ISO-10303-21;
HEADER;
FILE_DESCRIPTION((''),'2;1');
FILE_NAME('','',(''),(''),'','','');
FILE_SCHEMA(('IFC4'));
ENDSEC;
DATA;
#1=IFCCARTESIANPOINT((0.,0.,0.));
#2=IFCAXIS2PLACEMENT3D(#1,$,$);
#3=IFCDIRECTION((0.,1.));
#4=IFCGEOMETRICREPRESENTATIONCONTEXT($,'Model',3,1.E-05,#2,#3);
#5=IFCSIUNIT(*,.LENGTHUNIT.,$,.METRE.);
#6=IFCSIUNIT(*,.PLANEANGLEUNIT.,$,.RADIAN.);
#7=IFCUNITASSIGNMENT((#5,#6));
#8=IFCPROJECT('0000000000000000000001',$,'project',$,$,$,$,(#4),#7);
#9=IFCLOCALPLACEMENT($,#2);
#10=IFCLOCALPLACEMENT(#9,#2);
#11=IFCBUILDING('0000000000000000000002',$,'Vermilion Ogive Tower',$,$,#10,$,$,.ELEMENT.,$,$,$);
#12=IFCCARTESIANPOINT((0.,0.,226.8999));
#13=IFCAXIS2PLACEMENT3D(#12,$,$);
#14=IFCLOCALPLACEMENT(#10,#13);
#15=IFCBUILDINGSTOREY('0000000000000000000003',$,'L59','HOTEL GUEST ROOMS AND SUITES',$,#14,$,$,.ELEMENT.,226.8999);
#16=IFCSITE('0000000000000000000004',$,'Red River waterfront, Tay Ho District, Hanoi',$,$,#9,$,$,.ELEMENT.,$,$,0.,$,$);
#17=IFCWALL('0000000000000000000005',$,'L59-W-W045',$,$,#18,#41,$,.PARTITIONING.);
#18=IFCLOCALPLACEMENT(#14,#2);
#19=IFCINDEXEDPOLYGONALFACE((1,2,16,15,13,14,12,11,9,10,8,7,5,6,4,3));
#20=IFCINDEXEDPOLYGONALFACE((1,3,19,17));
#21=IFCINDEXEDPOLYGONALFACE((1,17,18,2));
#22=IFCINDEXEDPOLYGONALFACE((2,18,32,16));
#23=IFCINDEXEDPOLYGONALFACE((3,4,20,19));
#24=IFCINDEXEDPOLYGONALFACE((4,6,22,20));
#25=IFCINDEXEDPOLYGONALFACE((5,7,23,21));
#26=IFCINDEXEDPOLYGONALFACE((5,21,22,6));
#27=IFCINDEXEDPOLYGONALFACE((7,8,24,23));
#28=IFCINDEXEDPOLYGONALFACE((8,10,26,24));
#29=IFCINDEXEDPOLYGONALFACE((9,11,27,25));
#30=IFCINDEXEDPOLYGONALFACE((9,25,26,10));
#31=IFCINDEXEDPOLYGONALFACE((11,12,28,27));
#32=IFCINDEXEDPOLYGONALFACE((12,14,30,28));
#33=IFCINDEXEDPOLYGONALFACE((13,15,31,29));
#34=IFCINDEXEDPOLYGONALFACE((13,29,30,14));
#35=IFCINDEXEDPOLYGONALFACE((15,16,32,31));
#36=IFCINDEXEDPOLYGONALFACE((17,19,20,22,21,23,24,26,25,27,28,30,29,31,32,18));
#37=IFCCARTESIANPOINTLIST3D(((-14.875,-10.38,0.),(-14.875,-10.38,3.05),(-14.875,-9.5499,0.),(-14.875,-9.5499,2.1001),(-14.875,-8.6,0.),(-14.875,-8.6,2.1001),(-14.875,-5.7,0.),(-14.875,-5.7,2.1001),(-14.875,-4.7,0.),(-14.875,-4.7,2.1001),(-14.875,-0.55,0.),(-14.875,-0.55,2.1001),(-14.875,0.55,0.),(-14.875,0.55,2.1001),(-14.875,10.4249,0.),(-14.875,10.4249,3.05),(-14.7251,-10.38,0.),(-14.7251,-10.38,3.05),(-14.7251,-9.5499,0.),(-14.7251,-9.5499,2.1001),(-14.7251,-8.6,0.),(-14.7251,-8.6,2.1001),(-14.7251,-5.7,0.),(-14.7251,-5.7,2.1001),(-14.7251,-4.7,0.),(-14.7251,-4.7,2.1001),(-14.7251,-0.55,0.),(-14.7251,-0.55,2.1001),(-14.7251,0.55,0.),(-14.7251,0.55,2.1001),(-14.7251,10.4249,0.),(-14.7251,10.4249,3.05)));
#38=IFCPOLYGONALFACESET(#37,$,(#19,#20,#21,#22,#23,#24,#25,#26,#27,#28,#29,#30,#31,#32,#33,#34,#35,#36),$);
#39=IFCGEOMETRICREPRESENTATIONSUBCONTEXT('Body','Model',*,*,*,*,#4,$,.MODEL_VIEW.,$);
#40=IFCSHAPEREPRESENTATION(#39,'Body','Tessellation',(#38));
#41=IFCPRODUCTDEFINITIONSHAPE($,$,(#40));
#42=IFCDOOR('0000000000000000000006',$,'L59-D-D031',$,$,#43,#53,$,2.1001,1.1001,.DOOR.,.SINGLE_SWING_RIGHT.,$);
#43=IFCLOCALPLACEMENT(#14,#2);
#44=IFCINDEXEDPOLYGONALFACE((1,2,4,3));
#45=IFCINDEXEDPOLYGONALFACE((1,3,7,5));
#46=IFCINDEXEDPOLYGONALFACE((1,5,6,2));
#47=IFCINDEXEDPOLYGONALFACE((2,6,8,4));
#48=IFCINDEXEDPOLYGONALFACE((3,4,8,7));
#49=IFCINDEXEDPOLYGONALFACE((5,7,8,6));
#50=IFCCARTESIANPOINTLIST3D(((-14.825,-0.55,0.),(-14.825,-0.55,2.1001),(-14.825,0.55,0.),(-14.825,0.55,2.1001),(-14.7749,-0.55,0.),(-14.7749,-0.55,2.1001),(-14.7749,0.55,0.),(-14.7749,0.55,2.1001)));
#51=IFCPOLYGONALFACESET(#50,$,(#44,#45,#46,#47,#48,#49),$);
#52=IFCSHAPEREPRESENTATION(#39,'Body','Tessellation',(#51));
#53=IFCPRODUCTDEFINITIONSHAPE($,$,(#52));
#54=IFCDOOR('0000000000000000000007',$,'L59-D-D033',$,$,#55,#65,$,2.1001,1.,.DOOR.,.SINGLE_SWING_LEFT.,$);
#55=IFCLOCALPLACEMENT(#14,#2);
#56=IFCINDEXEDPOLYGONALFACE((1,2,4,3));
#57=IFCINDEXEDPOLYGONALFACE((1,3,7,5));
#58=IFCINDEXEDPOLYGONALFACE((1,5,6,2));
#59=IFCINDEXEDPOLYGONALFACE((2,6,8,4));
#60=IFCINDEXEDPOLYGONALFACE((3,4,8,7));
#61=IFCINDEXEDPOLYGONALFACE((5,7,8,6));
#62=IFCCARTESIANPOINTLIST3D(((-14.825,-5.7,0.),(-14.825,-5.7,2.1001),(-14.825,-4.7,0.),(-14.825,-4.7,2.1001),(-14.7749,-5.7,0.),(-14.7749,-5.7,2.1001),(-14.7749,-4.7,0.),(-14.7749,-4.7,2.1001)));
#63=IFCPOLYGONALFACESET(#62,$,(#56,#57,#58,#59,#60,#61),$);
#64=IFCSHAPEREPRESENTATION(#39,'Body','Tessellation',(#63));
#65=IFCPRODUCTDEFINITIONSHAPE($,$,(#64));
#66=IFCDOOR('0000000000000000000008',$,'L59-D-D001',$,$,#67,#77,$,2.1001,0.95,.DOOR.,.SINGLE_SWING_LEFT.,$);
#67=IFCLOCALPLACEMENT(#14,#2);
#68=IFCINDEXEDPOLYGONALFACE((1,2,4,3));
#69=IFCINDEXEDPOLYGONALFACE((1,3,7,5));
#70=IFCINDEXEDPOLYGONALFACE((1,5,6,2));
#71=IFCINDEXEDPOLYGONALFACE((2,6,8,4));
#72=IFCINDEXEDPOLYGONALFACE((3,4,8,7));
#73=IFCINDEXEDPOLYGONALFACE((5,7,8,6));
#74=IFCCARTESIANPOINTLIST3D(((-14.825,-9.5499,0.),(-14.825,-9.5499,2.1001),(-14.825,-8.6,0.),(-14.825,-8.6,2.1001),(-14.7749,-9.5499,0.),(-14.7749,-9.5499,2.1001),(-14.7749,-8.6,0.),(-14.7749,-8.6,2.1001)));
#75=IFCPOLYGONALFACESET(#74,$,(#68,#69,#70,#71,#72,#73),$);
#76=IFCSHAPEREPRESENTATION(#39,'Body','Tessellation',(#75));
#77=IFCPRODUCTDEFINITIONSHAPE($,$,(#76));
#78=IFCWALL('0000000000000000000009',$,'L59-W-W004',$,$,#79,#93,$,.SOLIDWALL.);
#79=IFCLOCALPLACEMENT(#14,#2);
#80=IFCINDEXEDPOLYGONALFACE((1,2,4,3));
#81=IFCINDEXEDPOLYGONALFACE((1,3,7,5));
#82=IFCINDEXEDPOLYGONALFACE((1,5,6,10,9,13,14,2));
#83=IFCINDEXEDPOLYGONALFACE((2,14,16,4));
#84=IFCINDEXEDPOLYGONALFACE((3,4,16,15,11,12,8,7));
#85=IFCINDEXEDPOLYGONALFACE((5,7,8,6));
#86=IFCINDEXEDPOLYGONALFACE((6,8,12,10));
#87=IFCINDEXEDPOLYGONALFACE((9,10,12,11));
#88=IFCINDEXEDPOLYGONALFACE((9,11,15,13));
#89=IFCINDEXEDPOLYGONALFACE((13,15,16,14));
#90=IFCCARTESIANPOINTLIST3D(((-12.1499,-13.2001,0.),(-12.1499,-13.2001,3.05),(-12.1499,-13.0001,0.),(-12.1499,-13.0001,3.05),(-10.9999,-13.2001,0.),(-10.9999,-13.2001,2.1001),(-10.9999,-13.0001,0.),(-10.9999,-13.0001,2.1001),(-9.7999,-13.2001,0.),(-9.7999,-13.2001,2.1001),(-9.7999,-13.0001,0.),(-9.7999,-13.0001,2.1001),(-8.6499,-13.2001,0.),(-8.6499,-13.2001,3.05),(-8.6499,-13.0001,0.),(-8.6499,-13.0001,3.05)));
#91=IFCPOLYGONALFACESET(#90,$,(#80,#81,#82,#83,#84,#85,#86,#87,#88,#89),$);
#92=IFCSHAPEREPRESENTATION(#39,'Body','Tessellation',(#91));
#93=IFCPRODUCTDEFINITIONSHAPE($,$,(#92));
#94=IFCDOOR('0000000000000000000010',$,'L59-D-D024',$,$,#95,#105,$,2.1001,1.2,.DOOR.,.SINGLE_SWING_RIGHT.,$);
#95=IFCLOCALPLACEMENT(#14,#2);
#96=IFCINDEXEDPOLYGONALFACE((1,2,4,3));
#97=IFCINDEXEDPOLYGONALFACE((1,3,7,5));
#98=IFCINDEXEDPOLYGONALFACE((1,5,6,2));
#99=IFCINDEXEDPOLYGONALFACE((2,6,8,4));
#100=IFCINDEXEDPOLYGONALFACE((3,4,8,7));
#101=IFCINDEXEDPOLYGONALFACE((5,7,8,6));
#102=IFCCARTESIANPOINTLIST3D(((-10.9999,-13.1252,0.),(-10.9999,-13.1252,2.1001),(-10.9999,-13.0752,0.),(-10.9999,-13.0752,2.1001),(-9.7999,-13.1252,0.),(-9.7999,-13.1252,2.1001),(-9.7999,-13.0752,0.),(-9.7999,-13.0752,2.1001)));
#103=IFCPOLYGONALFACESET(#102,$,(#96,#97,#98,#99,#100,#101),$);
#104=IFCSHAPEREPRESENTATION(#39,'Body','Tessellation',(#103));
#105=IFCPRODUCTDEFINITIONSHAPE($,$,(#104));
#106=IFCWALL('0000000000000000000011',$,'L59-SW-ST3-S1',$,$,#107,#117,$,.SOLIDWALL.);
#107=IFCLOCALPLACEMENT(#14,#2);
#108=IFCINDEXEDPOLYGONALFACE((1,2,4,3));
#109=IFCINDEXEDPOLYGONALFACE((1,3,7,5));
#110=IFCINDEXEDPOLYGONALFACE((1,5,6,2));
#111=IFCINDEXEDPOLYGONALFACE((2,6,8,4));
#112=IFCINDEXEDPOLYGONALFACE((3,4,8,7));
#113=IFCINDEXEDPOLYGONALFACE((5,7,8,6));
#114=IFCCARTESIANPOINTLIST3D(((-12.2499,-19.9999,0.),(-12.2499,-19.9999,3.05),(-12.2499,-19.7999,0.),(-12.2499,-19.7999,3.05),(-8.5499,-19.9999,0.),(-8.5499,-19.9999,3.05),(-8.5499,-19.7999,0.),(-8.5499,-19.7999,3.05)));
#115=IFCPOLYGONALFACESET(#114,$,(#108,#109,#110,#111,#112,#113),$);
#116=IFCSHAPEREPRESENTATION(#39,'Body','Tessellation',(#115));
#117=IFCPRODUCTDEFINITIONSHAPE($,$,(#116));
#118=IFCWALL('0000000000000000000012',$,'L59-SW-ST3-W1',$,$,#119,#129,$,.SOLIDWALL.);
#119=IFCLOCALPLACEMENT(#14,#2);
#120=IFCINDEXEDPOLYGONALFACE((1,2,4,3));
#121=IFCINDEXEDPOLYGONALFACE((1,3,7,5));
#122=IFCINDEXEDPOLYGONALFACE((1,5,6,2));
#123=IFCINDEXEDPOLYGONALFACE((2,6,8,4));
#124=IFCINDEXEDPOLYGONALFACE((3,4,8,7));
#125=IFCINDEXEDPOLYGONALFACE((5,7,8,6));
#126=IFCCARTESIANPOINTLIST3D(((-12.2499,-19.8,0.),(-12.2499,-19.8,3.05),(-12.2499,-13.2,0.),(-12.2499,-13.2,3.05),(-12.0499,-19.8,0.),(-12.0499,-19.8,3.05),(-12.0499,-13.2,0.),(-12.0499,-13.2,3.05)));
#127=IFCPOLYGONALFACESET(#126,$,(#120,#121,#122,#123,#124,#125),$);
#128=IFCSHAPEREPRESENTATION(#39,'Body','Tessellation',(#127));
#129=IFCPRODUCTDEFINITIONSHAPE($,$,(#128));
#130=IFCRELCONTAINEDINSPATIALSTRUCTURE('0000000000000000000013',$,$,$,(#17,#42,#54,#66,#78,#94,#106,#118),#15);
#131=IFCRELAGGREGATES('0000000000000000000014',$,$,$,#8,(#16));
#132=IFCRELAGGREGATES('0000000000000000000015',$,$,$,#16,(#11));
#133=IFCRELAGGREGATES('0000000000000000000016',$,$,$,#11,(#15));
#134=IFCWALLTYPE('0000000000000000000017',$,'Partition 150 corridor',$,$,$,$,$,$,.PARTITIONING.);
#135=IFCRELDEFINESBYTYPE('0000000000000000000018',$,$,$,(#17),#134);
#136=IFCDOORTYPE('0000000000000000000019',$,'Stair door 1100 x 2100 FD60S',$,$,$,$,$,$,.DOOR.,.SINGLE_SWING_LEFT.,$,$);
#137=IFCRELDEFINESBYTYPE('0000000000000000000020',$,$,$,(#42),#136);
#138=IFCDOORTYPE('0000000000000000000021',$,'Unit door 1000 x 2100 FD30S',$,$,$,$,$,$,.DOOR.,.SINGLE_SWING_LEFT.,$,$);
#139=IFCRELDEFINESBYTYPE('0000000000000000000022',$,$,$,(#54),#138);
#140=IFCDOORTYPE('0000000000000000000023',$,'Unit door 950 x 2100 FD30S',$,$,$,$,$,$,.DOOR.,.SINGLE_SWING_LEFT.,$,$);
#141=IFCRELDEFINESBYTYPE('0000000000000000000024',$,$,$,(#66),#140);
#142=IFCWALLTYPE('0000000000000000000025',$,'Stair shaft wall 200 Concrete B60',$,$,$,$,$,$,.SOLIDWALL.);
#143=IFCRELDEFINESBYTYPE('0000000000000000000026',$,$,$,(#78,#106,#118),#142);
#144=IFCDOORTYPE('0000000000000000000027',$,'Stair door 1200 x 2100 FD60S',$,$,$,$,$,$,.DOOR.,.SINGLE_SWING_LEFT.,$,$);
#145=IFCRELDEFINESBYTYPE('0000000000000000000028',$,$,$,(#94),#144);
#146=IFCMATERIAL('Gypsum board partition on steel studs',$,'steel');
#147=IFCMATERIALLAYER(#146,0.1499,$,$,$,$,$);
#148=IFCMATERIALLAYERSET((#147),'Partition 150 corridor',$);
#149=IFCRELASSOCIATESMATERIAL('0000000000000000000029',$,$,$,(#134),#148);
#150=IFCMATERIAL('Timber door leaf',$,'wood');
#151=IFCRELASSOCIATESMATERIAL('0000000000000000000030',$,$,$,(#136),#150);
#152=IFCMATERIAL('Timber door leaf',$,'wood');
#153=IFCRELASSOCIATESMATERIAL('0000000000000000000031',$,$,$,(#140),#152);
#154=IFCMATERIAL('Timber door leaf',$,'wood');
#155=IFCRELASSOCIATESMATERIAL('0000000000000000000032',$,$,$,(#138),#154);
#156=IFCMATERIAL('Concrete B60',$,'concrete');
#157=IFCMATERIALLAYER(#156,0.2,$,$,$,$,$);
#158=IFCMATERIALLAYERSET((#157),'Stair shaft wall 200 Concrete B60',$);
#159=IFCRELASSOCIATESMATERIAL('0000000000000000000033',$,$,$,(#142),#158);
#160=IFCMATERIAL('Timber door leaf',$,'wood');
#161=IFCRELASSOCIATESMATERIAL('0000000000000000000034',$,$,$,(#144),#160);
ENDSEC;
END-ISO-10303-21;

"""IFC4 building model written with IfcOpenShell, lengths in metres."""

from ifc_helpers import new_model, si_unit, direction, frame, frame_2d, origin, place, context, subcontext, project, spatial, rectangle, extrude, material, layer, layer_set, type_object, element, fill, save


model = new_model("IFC4")

# Units and contexts
model_context = context("Model", 3, precision=1e-05, world=origin(), true_north=direction((0.0, 1.0)))
body_context = subcontext(model_context, "Body", "Model", "MODEL_VIEW")
ifc_project = project(units=[si_unit("LENGTHUNIT", "METRE"), si_unit("PLANEANGLEUNIT", "RADIAN")], contexts=[model_context])

# Site, building, storey
site_placement = place(None, origin())
site = spatial("IfcSite", under=ifc_project, at=site_placement, Name="Red River waterfront, Tay Ho District, Hanoi", CompositionType="ELEMENT", RefElevation=0.0)
building_placement = place(site_placement, origin())
building = spatial("IfcBuilding", under=site, at=building_placement, Name="Vermilion Ogive Tower", CompositionType="ELEMENT")
storey_placement = place(building_placement, frame((0.0, 0.0, 226.8999)))
storey = spatial("IfcBuildingStorey", under=building, at=storey_placement, Name="L59", Description="HOTEL GUEST ROOMS AND SUITES", CompositionType="ELEMENT", Elevation=226.8999)

# Wall, openings, doors
ifc_material_1 = material(Name="Gypsum board partition on steel studs", Category="steel")
ifc_layer_1 = layer(ifc_material_1, 0.1499)
ifc_layer_set_1 = layer_set([ifc_layer_1], Name="Partition 150 corridor")
wall_type_1 = type_object("IfcWallType", Name="Partition 150 corridor", PredefinedType="PARTITIONING", material=ifc_layer_set_1)
ifc_material_2 = material(Name="Timber door leaf", Category="wood")
door_type_1 = type_object("IfcDoorType", Name="Stair door 1100 x 2100 FD60S", OperationType="SINGLE_SWING_LEFT", PredefinedType="DOOR", material=ifc_material_2)
ifc_material_3 = material(Name="Timber door leaf", Category="wood")
door_type_2 = type_object("IfcDoorType", Name="Unit door 950 x 2100 FD30S", OperationType="SINGLE_SWING_LEFT", PredefinedType="DOOR", material=ifc_material_3)
wall_1_placement = place(storey_placement, frame((-14.8, -10.3799, 0.0), z_axis=(0.0, 0.0, 1.0), x_axis=(0.0, 1.0, 0.0)))
wall_1 = element("IfcWall", 1, at=wall_1_placement, inside=storey, type_object=wall_type_1, Name="L59-W-W045", PredefinedType="PARTITIONING", context=body_context, shape_type="SweptSolid", body=[
    extrude(rectangle(XDim=20.8049, YDim=0.1499, at=frame_2d((10.4023, 0.0))), origin(), (0.0, 0.0, 1.0), 3.05),
])
opening_1_placement = place(wall_1_placement, frame((0.8298, 0.0, 0.0)))
opening_1 = element("IfcOpeningElement", 2, at=opening_1_placement, cuts=wall_1, PredefinedType="OPENING", context=body_context, shape_type="SweptSolid", body=[
    extrude(rectangle(XDim=0.95, YDim=2.1001, at=frame_2d((0.4751, 1.05))), frame((0.0, 0.085, 0.0), z_axis=(0.0, -1.0, 0.0), x_axis=(1.0, 0.0, 0.0)), (0.0, 0.0, 1.0), 0.1699),
])
opening_2_placement = place(wall_1_placement, frame((9.8298, 0.0, 0.0)))
opening_2 = element("IfcOpeningElement", 3, at=opening_2_placement, cuts=wall_1, PredefinedType="OPENING", context=body_context, shape_type="SweptSolid", body=[
    extrude(rectangle(XDim=1.1001, YDim=2.1001, at=frame_2d((0.55, 1.05))), frame((0.0, 0.085, 0.0), z_axis=(0.0, -1.0, 0.0), x_axis=(1.0, 0.0, 0.0)), (0.0, 0.0, 1.0), 0.1699),
])
opening_3_placement = place(wall_1_placement, frame((4.6799, 0.0, 0.0)))
opening_3 = element("IfcOpeningElement", 4, at=opening_3_placement, cuts=wall_1, PredefinedType="OPENING", context=body_context, shape_type="SweptSolid", body=[
    extrude(rectangle(XDim=1.0, YDim=2.1001, at=frame_2d((0.5, 1.05))), frame((0.0, 0.085, 0.0), z_axis=(0.0, -1.0, 0.0), x_axis=(1.0, 0.0, 0.0)), (0.0, 0.0, 1.0), 0.1699),
])
door_1_placement = place(opening_2_placement, origin())
door_1 = element("IfcDoor", 5, at=door_1_placement, inside=storey, type_object=door_type_1, Name="L59-D-D031", OperationType="SINGLE_SWING_RIGHT", OverallHeight=2.1001, OverallWidth=1.1001, PredefinedType="DOOR", context=body_context, shape_type="SweptSolid", body=[
    extrude(rectangle(XDim=1.1001, YDim=2.1001, at=frame_2d((0.55, 1.05))), frame((0.0, 0.0249, 0.0), z_axis=(0.0, -1.0, 0.0), x_axis=(1.0, 0.0, 0.0)), (0.0, 0.0, 1.0), 0.05),
])
fill(opening_2, door_1)
ifc_material_4 = material(Name="Timber door leaf", Category="wood")
door_type_3 = type_object("IfcDoorType", Name="Unit door 1000 x 2100 FD30S", OperationType="SINGLE_SWING_LEFT", PredefinedType="DOOR", material=ifc_material_4)
door_2_placement = place(opening_3_placement, origin())
door_2 = element("IfcDoor", 6, at=door_2_placement, inside=storey, type_object=door_type_3, Name="L59-D-D033", OperationType="SINGLE_SWING_LEFT", OverallHeight=2.1001, OverallWidth=1.0, PredefinedType="DOOR", context=body_context, shape_type="SweptSolid", body=[
    extrude(rectangle(XDim=1.0, YDim=2.1001, at=frame_2d((0.5, 1.05))), frame((0.0, 0.0249, 0.0), z_axis=(0.0, -1.0, 0.0), x_axis=(1.0, 0.0, 0.0)), (0.0, 0.0, 1.0), 0.05),
])
fill(opening_3, door_2)
door_3_placement = place(opening_1_placement, origin())
door_3 = element("IfcDoor", 7, at=door_3_placement, inside=storey, type_object=door_type_2, Name="L59-D-D001", OperationType="SINGLE_SWING_LEFT", OverallHeight=2.1001, OverallWidth=0.95, PredefinedType="DOOR", context=body_context, shape_type="SweptSolid", body=[
    extrude(rectangle(XDim=0.95, YDim=2.1001, at=frame_2d((0.4751, 1.05))), frame((0.0, 0.0249, 0.0), z_axis=(0.0, -1.0, 0.0), x_axis=(1.0, 0.0, 0.0)), (0.0, 0.0, 1.0), 0.05),
])
fill(opening_1, door_3)

# Wall, opening, door
ifc_material_5 = material(Name="Concrete B60", Category="concrete")
ifc_layer_2 = layer(ifc_material_5, 0.2)
ifc_layer_set_2 = layer_set([ifc_layer_2], Name="Stair shaft wall 200 Concrete B60")
wall_type_2 = type_object("IfcWallType", Name="Stair shaft wall 200 Concrete B60", PredefinedType="SOLIDWALL", material=ifc_layer_set_2)
wall_2_placement = place(storey_placement, frame((-12.1499, -13.1001, 0.0), z_axis=(0.0, 0.0, 1.0), x_axis=(1.0, 0.0, 0.0)))
wall_2 = element("IfcWall", 8, at=wall_2_placement, inside=storey, type_object=wall_type_2, Name="L59-W-W004", PredefinedType="SOLIDWALL", context=body_context, shape_type="SweptSolid", body=[
    extrude(rectangle(XDim=3.5, YDim=0.2, at=frame_2d((1.75, 0.0))), origin(), (0.0, 0.0, 1.0), 3.05),
])
opening_4_placement = place(wall_2_placement, frame((1.1499, 0.0, 0.0)))
opening_4 = element("IfcOpeningElement", 9, at=opening_4_placement, cuts=wall_2, PredefinedType="OPENING", context=body_context, shape_type="SweptSolid", body=[
    extrude(rectangle(XDim=1.2, YDim=2.1001, at=frame_2d((0.6001, 1.05))), frame((0.0, 0.1099, 0.0), z_axis=(0.0, -1.0, 0.0), x_axis=(1.0, 0.0, 0.0)), (0.0, 0.0, 1.0), 0.22),
])
ifc_material_6 = material(Name="Timber door leaf", Category="wood")
door_type_4 = type_object("IfcDoorType", Name="Stair door 1200 x 2100 FD60S", OperationType="SINGLE_SWING_LEFT", PredefinedType="DOOR", material=ifc_material_6)
door_4_placement = place(opening_4_placement, origin())
door_4 = element("IfcDoor", 10, at=door_4_placement, inside=storey, type_object=door_type_4, Name="L59-D-D024", OperationType="SINGLE_SWING_RIGHT", OverallHeight=2.1001, OverallWidth=1.2, PredefinedType="DOOR", context=body_context, shape_type="SweptSolid", body=[
    extrude(rectangle(XDim=1.2, YDim=2.1001, at=frame_2d((0.6001, 1.05))), frame((0.0, 0.0249, 0.0), z_axis=(0.0, -1.0, 0.0), x_axis=(1.0, 0.0, 0.0)), (0.0, 0.0, 1.0), 0.05),
])
fill(opening_4, door_4)

# Walls
wall_3_placement = place(storey_placement, frame((-12.25, -19.8999, 0.0), z_axis=(0.0, 0.0, 1.0), x_axis=(1.0, 0.0, 0.0)))
element("IfcWall", 11, at=wall_3_placement, inside=storey, type_object=wall_type_2, Name="L59-SW-ST3-S1", PredefinedType="SOLIDWALL", context=body_context, shape_type="SweptSolid", body=[
    extrude(rectangle(XDim=3.7, YDim=0.2, at=frame_2d((1.8501, 0.0))), origin(), (0.0, 0.0, 1.0), 3.05),
])
wall_4_placement = place(storey_placement, frame((-12.1499, -19.8, 0.0), z_axis=(0.0, 0.0, 1.0), x_axis=(0.0, 1.0, 0.0)))
element("IfcWall", 12, at=wall_4_placement, inside=storey, type_object=wall_type_2, Name="L59-SW-ST3-W1", PredefinedType="SOLIDWALL", context=body_context, shape_type="SweptSolid", body=[
    extrude(rectangle(XDim=6.6001, YDim=0.2, at=frame_2d((3.3, 0.0))), origin(), (0.0, 0.0, 1.0), 3.05),
])

save(model, "model.ifc")
